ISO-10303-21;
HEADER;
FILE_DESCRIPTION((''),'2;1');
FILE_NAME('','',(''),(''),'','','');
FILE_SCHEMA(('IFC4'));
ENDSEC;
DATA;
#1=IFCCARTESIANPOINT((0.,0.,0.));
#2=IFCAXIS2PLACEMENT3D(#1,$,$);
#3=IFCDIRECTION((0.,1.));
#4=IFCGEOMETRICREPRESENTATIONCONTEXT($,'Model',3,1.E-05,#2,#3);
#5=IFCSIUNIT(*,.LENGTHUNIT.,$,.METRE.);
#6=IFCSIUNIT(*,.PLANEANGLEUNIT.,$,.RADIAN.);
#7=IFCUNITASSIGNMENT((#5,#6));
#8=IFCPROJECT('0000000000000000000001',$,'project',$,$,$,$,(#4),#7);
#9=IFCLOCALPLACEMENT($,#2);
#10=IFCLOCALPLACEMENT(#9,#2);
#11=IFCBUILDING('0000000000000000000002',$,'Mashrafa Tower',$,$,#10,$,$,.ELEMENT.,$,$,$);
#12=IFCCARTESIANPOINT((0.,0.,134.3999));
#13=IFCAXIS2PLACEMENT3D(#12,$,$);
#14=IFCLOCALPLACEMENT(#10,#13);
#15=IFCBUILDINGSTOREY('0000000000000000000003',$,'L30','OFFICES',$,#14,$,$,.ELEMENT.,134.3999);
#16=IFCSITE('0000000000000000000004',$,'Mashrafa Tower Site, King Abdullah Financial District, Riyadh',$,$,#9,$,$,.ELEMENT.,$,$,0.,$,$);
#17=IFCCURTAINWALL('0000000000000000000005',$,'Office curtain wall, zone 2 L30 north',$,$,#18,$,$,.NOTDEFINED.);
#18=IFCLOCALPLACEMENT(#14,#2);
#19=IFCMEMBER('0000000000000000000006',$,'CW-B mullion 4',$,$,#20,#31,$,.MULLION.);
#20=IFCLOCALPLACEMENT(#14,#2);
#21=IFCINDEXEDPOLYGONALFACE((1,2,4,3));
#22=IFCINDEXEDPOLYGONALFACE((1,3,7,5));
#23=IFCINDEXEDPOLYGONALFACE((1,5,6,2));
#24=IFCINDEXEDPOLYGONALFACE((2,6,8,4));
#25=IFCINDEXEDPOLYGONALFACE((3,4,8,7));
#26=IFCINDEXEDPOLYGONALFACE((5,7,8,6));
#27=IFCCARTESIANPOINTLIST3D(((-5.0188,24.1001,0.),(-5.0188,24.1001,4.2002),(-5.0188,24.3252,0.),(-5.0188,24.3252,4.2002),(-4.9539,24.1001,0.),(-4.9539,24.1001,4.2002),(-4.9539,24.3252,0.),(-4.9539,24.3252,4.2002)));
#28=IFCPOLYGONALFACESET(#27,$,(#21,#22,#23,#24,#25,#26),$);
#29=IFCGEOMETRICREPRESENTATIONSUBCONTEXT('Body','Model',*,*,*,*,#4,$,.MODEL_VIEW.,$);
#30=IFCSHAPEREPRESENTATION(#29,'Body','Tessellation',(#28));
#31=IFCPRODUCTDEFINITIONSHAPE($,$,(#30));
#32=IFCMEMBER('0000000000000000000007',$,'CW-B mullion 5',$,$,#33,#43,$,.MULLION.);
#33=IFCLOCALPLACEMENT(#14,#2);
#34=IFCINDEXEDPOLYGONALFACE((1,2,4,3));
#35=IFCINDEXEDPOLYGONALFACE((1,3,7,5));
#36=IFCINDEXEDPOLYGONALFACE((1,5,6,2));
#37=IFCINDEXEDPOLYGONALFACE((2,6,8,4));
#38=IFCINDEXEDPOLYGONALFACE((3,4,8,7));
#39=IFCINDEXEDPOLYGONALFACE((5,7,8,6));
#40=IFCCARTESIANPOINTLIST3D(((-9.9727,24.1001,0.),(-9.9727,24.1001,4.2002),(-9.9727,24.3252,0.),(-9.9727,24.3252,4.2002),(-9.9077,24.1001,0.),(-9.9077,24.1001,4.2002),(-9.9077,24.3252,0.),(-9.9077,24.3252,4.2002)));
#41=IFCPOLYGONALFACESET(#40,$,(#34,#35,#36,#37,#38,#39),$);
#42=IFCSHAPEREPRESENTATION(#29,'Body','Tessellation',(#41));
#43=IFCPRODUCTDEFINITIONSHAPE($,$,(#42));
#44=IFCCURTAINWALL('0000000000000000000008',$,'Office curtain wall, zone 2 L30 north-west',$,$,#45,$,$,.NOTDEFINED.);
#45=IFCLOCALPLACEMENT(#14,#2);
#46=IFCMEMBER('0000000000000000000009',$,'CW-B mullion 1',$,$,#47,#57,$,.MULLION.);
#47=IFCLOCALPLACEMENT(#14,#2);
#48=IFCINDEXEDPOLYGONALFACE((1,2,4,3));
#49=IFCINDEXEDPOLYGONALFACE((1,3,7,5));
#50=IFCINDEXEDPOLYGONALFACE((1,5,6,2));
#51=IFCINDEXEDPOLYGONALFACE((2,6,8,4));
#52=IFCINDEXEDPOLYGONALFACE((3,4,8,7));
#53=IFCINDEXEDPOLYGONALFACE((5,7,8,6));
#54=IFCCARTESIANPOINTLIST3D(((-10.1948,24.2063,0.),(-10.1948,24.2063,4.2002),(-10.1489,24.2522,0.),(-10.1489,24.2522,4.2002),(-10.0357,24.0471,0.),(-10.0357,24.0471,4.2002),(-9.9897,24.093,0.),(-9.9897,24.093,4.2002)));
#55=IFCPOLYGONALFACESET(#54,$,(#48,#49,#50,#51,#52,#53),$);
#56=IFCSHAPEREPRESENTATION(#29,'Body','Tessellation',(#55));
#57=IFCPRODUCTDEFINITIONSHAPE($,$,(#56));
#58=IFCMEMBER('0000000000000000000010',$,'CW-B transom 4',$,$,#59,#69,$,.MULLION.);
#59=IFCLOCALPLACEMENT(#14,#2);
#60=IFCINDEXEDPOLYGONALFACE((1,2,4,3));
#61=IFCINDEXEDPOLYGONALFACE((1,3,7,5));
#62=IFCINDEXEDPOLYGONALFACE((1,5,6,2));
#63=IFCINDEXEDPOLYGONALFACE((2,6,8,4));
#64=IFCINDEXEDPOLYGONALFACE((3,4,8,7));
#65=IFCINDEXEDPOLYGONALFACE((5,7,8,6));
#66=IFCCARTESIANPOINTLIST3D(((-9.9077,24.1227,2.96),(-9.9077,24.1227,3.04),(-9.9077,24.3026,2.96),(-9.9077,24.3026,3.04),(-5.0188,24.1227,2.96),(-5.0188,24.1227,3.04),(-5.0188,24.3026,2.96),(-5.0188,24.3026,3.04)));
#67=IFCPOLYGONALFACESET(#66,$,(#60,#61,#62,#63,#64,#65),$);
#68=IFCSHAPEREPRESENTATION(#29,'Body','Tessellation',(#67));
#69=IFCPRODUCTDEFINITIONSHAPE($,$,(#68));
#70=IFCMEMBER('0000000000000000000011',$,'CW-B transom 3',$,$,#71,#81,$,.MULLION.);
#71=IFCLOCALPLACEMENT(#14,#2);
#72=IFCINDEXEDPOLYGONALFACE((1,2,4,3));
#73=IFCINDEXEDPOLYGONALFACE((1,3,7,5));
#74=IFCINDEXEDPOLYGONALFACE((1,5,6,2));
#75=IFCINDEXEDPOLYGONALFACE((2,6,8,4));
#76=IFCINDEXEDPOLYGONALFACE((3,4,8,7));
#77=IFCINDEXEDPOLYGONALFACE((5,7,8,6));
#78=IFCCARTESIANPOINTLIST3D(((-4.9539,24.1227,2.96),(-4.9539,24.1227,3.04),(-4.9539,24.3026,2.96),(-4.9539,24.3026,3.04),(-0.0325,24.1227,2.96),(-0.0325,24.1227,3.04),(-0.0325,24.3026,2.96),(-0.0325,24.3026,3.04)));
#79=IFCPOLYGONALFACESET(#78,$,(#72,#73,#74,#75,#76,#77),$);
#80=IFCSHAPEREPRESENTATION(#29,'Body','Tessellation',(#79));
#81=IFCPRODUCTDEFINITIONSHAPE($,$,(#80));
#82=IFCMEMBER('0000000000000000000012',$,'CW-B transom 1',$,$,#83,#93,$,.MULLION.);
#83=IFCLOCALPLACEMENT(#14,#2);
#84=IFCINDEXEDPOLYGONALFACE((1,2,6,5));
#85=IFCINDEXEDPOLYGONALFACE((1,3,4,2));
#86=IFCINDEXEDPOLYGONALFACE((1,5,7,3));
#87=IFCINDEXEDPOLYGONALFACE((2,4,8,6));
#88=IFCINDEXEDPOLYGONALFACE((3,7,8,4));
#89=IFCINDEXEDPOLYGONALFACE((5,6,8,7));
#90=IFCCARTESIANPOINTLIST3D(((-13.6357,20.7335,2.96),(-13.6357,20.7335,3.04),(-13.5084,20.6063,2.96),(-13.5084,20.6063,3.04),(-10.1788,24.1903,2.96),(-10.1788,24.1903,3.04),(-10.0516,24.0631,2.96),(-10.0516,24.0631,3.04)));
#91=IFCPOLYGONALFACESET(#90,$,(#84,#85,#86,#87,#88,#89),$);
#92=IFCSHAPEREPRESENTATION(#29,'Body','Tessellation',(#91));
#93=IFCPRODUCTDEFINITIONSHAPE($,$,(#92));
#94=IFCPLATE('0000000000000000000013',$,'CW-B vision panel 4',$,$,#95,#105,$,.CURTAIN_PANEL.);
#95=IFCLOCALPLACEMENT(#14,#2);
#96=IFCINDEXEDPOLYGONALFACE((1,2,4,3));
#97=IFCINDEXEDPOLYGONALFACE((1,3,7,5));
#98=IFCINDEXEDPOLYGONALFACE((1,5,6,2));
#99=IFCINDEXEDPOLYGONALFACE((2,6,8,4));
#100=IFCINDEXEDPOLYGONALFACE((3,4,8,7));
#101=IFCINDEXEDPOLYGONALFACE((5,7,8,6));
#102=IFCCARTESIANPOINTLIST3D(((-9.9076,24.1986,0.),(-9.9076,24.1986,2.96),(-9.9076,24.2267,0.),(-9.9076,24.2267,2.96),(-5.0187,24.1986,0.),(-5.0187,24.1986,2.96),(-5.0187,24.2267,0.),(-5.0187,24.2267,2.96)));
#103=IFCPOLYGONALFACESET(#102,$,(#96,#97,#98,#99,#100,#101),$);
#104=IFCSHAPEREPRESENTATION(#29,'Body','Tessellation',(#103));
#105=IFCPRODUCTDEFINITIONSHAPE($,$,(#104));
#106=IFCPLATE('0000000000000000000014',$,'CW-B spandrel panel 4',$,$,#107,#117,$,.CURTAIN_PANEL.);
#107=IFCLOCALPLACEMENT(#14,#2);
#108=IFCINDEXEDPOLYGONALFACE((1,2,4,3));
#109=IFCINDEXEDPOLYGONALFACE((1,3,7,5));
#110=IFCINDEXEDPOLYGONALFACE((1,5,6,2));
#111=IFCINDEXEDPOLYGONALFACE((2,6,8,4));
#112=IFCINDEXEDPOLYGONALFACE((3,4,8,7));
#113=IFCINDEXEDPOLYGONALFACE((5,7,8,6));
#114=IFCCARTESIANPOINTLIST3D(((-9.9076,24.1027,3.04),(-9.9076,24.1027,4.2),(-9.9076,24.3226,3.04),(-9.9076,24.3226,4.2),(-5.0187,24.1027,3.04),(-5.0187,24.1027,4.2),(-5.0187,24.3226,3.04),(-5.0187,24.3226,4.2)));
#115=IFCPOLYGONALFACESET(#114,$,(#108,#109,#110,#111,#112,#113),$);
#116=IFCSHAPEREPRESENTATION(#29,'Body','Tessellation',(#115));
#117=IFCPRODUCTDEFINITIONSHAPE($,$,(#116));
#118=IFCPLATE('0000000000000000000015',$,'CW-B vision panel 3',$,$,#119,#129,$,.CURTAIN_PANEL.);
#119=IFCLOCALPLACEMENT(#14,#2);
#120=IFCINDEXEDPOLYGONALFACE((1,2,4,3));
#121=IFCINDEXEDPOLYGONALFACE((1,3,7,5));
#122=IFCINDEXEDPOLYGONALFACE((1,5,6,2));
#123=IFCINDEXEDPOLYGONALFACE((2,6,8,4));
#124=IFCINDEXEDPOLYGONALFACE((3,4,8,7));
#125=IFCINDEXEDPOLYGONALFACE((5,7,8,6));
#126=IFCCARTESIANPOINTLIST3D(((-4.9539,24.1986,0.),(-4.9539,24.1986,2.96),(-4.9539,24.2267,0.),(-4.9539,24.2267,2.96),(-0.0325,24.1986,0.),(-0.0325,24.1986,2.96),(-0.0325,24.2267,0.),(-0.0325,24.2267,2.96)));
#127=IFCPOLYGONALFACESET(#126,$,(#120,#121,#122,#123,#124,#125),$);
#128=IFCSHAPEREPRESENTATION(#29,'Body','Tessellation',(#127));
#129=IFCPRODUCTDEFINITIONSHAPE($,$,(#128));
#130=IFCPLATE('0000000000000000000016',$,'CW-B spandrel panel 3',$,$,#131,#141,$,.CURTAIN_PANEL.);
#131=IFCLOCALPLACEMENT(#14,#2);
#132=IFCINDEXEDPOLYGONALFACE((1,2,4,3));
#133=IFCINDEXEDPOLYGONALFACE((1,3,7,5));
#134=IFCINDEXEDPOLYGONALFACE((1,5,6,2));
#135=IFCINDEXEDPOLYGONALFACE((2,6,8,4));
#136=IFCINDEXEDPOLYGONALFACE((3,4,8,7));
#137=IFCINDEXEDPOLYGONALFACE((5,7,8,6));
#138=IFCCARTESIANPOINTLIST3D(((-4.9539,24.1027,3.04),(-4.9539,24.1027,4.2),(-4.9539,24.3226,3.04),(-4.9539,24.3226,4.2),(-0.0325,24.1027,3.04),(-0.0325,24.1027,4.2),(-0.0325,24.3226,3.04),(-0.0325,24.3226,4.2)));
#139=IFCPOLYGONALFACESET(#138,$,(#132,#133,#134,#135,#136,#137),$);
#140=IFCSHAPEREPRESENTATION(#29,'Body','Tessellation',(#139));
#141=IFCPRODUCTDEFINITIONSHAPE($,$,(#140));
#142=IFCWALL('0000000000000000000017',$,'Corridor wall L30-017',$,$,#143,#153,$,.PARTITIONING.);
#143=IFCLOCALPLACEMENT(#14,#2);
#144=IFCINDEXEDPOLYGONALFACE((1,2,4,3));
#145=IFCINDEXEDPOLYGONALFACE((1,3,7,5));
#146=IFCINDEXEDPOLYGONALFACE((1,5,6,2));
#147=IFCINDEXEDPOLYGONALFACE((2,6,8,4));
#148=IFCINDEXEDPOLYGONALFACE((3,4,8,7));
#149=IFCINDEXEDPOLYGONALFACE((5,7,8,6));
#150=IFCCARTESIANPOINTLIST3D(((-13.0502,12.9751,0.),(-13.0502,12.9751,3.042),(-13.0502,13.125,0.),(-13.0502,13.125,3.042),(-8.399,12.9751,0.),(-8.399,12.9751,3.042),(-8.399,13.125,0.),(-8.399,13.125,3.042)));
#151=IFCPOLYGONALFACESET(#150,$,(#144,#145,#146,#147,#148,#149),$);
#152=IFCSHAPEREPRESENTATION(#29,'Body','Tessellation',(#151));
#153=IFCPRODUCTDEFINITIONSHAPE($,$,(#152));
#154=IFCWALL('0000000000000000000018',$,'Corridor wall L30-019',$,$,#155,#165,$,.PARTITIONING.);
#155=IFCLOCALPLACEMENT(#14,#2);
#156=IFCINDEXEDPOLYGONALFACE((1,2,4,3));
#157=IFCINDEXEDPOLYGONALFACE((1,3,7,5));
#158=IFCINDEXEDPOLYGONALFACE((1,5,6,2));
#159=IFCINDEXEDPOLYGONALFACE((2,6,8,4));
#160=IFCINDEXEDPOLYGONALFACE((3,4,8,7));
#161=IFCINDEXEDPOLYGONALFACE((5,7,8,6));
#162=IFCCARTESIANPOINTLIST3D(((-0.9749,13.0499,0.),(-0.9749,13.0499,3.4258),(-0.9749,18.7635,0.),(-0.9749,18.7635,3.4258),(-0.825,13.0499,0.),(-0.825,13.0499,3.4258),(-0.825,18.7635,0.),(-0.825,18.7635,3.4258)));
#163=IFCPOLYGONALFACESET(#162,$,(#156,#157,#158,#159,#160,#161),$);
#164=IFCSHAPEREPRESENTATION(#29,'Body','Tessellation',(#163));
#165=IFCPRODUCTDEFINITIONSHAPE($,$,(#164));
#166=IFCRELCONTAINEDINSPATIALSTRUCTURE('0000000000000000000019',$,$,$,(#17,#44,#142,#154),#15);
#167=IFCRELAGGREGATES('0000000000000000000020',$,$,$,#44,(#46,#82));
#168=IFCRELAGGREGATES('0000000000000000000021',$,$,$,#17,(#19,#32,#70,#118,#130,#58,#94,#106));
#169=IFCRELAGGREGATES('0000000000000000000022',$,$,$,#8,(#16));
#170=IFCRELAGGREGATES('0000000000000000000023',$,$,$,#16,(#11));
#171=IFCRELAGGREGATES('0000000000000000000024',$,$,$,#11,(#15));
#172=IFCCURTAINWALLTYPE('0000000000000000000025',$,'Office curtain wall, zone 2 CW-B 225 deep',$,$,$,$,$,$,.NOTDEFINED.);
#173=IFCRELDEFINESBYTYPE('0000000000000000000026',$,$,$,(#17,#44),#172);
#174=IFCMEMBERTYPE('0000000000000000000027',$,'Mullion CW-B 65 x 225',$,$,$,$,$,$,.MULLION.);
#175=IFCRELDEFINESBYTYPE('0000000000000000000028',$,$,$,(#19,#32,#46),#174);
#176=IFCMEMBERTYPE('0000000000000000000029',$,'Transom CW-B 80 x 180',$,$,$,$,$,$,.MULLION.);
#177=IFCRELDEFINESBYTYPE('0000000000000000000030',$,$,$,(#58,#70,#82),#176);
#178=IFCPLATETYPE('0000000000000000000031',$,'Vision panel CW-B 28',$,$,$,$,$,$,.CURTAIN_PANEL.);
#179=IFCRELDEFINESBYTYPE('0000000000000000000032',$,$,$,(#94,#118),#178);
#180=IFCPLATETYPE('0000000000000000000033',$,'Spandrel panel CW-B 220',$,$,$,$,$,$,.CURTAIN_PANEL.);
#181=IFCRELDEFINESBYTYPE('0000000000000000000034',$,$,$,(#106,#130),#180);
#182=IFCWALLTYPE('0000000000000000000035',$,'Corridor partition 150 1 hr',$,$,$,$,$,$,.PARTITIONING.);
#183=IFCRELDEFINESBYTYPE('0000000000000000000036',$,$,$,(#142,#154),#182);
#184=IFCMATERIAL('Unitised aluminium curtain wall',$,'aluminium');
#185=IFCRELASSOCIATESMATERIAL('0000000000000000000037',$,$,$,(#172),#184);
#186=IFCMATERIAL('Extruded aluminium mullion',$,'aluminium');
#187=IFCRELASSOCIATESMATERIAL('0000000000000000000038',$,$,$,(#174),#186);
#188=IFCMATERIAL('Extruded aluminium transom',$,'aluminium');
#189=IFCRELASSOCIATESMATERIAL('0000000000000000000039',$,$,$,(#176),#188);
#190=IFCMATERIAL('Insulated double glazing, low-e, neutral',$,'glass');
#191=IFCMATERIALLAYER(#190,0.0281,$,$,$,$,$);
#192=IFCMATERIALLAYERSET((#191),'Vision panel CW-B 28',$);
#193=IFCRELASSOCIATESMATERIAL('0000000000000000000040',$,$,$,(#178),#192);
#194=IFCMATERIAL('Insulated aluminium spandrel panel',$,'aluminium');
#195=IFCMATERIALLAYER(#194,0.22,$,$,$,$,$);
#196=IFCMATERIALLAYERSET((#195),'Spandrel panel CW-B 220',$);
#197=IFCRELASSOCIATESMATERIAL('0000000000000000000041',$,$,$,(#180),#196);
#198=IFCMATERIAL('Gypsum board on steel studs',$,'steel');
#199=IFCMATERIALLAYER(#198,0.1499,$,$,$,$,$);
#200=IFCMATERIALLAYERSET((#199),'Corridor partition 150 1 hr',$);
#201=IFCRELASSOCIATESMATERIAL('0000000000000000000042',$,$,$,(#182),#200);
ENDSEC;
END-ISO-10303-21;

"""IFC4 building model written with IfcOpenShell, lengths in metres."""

from ifc_helpers import new_model, si_unit, direction, frame, frame_2d, origin, origin_2d, place, context, subcontext, project, spatial, rectangle, extrude, source, transform, mapped, material, layer, layer_set, material_profile, profile_set, type_object, type_shapes, element, aggregate, save


model = new_model("IFC4")

# Units and contexts
model_context = context("Model", 3, precision=1e-05, world=origin(), true_north=direction((0.0, 1.0)))
body_context = subcontext(model_context, "Body", "Model", "MODEL_VIEW")
ifc_project = project(units=[si_unit("LENGTHUNIT", "METRE"), si_unit("PLANEANGLEUNIT", "RADIAN")], contexts=[model_context])

# Site, building, storey
site_placement = place(None, origin())
site = spatial("IfcSite", under=ifc_project, at=site_placement, Name="Mashrafa Tower Site, King Abdullah Financial District, Riyadh", CompositionType="ELEMENT", RefElevation=0.0)
building_placement = place(site_placement, origin())
building = spatial("IfcBuilding", under=site, at=building_placement, Name="Mashrafa Tower", CompositionType="ELEMENT")
storey_placement = place(building_placement, frame((0.0, 0.0, 134.3999)))
storey = spatial("IfcBuildingStorey", under=building, at=storey_placement, Name="L30", Description="OFFICES", CompositionType="ELEMENT", Elevation=134.3999)

# Curtain wall, members
ifc_material_1 = material(Name="Unitised aluminium curtain wall", Category="aluminium")
curtain_wall_type = type_object("IfcCurtainWallType", Name="Office curtain wall, zone 2 CW-B 225 deep", PredefinedType="NOTDEFINED", material=ifc_material_1)
curtain_wall_1_placement = place(storey_placement, origin())
curtain_wall_1 = element("IfcCurtainWall", 1, at=curtain_wall_1_placement, inside=storey, type_object=curtain_wall_type, Name="Office curtain wall, zone 2 L30 north", PredefinedType="NOTDEFINED")
ifc_material_2 = material(Name="Extruded aluminium mullion", Category="aluminium")
ifc_material_profile_1 = material_profile(ifc_material_2, rectangle(XDim=0.2251, YDim=0.0649, at=origin_2d()), Name="Mullion 65x225")
ifc_profile_set_1 = profile_set([ifc_material_profile_1], Name="Extruded aluminium mullion")
member_type_1 = type_object("IfcMemberType", Name="Mullion CW-B 65 x 225", PredefinedType="MULLION", material=ifc_profile_set_1)
shared_shape_1 = source(origin(), body_context, "Body", "SweptSolid", [
    extrude(rectangle(XDim=0.2251, YDim=0.0649, at=origin_2d()), origin(), (0.0, 0.0, 1.0), 4.2002),
])
type_shapes(member_type_1, [shared_shape_1])
member_1_placement = place(storey_placement, frame((-4.9863, 24.2126, 0.0), z_axis=(0.0, 0.0, 1.0), x_axis=(0.0, -1.0, 0.0)))
member_1 = element("IfcMember", 2, at=member_1_placement, type_object=member_type_1, Name="CW-B mullion 4", PredefinedType="MULLION", context=body_context, shape_type="MappedRepresentation", body=[
    mapped(shared_shape_1, transform((0.0, 0.0, 0.0))),
])
member_2_placement = place(storey_placement, frame((-9.9402, 24.2126, 0.0), z_axis=(0.0, 0.0, 1.0), x_axis=(0.0, -1.0, 0.0)))
member_2 = element("IfcMember", 3, at=member_2_placement, type_object=member_type_1, Name="CW-B mullion 5", PredefinedType="MULLION", context=body_context, shape_type="MappedRepresentation", body=[
    mapped(shared_shape_1, transform((0.0, 0.0, 0.0))),
])

# Curtain wall, member
curtain_wall_2_placement = place(storey_placement, origin())
curtain_wall_2 = element("IfcCurtainWall", 4, at=curtain_wall_2_placement, inside=storey, type_object=curtain_wall_type, Name="Office curtain wall, zone 2 L30 north-west", PredefinedType="NOTDEFINED")
member_3_placement = place(storey_placement, frame((-10.0923, 24.1497, 0.0), z_axis=(0.0, 0.0, 1.0), x_axis=(0.707107, -0.707107, 0.0)))
member_3 = element("IfcMember", 5, at=member_3_placement, type_object=member_type_1, Name="CW-B mullion 1", PredefinedType="MULLION", context=body_context, shape_type="MappedRepresentation", body=[
    mapped(shared_shape_1, transform((0.0, 0.0, 0.0))),
])

# Members
ifc_material_3 = material(Name="Extruded aluminium transom", Category="aluminium")
ifc_material_profile_2 = material_profile(ifc_material_3, rectangle(XDim=0.1799, YDim=0.0801, at=origin_2d()), Name="Transom 80x180")
ifc_profile_set_2 = profile_set([ifc_material_profile_2], Name="Extruded aluminium transom")
member_type_2 = type_object("IfcMemberType", Name="Transom CW-B 80 x 180", PredefinedType="MULLION", material=ifc_profile_set_2)
shared_shape_2 = source(origin(), body_context, "Body", "SweptSolid", [
    extrude(rectangle(XDim=0.1799, YDim=0.0801, at=origin_2d()), origin(), (0.0, 0.0, 1.0), 4.8889),
])
member_4_placement = place(storey_placement, frame((-5.0188, 24.2126, 3.0), z_axis=(-1.0, 0.0, 0.0), x_axis=(0.0, -1.0, 0.0)))
member_4 = element("IfcMember", 6, at=member_4_placement, type_object=member_type_2, Name="CW-B transom 4", PredefinedType="MULLION", context=body_context, shape_type="MappedRepresentation", body=[
    mapped(shared_shape_2, transform((0.0, 0.0, 0.0))),
])
shared_shape_3 = source(origin(), body_context, "Body", "SweptSolid", [
    extrude(rectangle(XDim=0.1799, YDim=0.0801, at=origin_2d()), origin(), (0.0, 0.0, 1.0), 4.9214),
])
member_5_placement = place(storey_placement, frame((-0.0325, 24.2126, 3.0), z_axis=(-1.0, 0.0, 0.0), x_axis=(0.0, -1.0, 0.0)))
member_5 = element("IfcMember", 7, at=member_5_placement, type_object=member_type_2, Name="CW-B transom 3", PredefinedType="MULLION", context=body_context, shape_type="MappedRepresentation", body=[
    mapped(shared_shape_3, transform((0.0, 0.0, 0.0))),
])
shared_shape_4 = source(origin(), body_context, "Body", "SweptSolid", [
    extrude(rectangle(XDim=0.1799, YDim=0.0801, at=origin_2d()), origin(), (0.0, 0.0, 1.0), 4.8887),
])
type_shapes(member_type_2, [shared_shape_2, shared_shape_3, shared_shape_4])
member_6_placement = place(storey_placement, frame((-10.1152, 24.1267, 3.0), z_axis=(-0.707107, -0.707107, 0.0), x_axis=(0.707107, -0.707107, 0.0)))
member_6 = element("IfcMember", 8, at=member_6_placement, type_object=member_type_2, Name="CW-B transom 1", PredefinedType="MULLION", context=body_context, shape_type="MappedRepresentation", body=[
    mapped(shared_shape_4, transform((0.0, 0.0, 0.0))),
])
aggregate(curtain_wall_2, [member_3, member_6])

# Plates
ifc_material_4 = material(Name="Insulated double glazing, low-e, neutral", Category="glass")
ifc_layer_1 = layer(ifc_material_4, 0.0281)
ifc_layer_set_1 = layer_set([ifc_layer_1], Name="Vision panel CW-B 28")
plate_type_1 = type_object("IfcPlateType", Name="Vision panel CW-B 28", PredefinedType="CURTAIN_PANEL", material=ifc_layer_set_1)
shared_shape_5 = source(origin(), body_context, "Body", "SweptSolid", [
    extrude(rectangle(XDim=4.8889, YDim=0.0281, at=origin_2d()), origin(), (0.0, 0.0, 1.0), 2.96),
])
plate_1_placement = place(storey_placement, frame((-7.4631, 24.2126, 0.0), z_axis=(0.0, 0.0, 1.0), x_axis=(-1.0, 0.0, 0.0)))
plate_1 = element("IfcPlate", 9, at=plate_1_placement, type_object=plate_type_1, Name="CW-B vision panel 4", PredefinedType="CURTAIN_PANEL", context=body_context, shape_type="MappedRepresentation", body=[
    mapped(shared_shape_5, transform((0.0, 0.0, 0.0))),
])
ifc_material_5 = material(Name="Insulated aluminium spandrel panel", Category="aluminium")
ifc_layer_2 = layer(ifc_material_5, 0.22)
ifc_layer_set_2 = layer_set([ifc_layer_2], Name="Spandrel panel CW-B 220")
plate_type_2 = type_object("IfcPlateType", Name="Spandrel panel CW-B 220", PredefinedType="CURTAIN_PANEL", material=ifc_layer_set_2)
shared_shape_6 = source(origin(), body_context, "Body", "SweptSolid", [
    extrude(rectangle(XDim=4.8889, YDim=0.22, at=origin_2d()), origin(), (0.0, 0.0, 1.0), 1.1599),
])
plate_2_placement = place(storey_placement, frame((-7.4631, 24.2126, 3.04), z_axis=(0.0, 0.0, 1.0), x_axis=(-1.0, 0.0, 0.0)))
plate_2 = element("IfcPlate", 10, at=plate_2_placement, type_object=plate_type_2, Name="CW-B spandrel panel 4", PredefinedType="CURTAIN_PANEL", context=body_context, shape_type="MappedRepresentation", body=[
    mapped(shared_shape_6, transform((0.0, 0.0, 0.0))),
])
shared_shape_7 = source(origin(), body_context, "Body", "SweptSolid", [
    extrude(rectangle(XDim=4.9214, YDim=0.0281, at=origin_2d()), origin(), (0.0, 0.0, 1.0), 2.96),
])
type_shapes(plate_type_1, [shared_shape_5, shared_shape_7])
plate_3_placement = place(storey_placement, frame((-2.4932, 24.2126, 0.0), z_axis=(0.0, 0.0, 1.0), x_axis=(-1.0, 0.0, 0.0)))
plate_3 = element("IfcPlate", 11, at=plate_3_placement, type_object=plate_type_1, Name="CW-B vision panel 3", PredefinedType="CURTAIN_PANEL", context=body_context, shape_type="MappedRepresentation", body=[
    mapped(shared_shape_7, transform((0.0, 0.0, 0.0))),
])
shared_shape_8 = source(origin(), body_context, "Body", "SweptSolid", [
    extrude(rectangle(XDim=4.9214, YDim=0.22, at=origin_2d()), origin(), (0.0, 0.0, 1.0), 1.1599),
])
type_shapes(plate_type_2, [shared_shape_6, shared_shape_8])
plate_4_placement = place(storey_placement, frame((-2.4932, 24.2126, 3.04), z_axis=(0.0, 0.0, 1.0), x_axis=(-1.0, 0.0, 0.0)))
plate_4 = element("IfcPlate", 12, at=plate_4_placement, type_object=plate_type_2, Name="CW-B spandrel panel 3", PredefinedType="CURTAIN_PANEL", context=body_context, shape_type="MappedRepresentation", body=[
    mapped(shared_shape_8, transform((0.0, 0.0, 0.0))),
])
aggregate(curtain_wall_1, [member_1, member_2, member_5, plate_3, plate_4, member_4, plate_1, plate_2])

# Shared definitions
ifc_material_6 = material(Name="Gypsum board on steel studs", Category="steel")
ifc_layer_3 = layer(ifc_material_6, 0.1499)
ifc_layer_set_3 = layer_set([ifc_layer_3], Name="Corridor partition 150 1 hr")
wall_type_1 = type_object("IfcWallType", Name="Corridor partition 150 1 hr", PredefinedType="PARTITIONING", material=ifc_layer_set_3)

# Walls
wall_1_placement = place(storey_placement, frame((-8.3989, 13.05, 0.0), z_axis=(0.0, 0.0, 1.0), x_axis=(-1.0, 0.0, 0.0)))
element("IfcWall", 13, at=wall_1_placement, inside=storey, type_object=wall_type_1, Name="Corridor wall L30-017", PredefinedType="PARTITIONING", context=body_context, shape_type="SweptSolid", body=[
    extrude(rectangle(XDim=4.6511, YDim=0.1499, at=frame_2d((2.3257, 0.0))), origin(), (0.0, 0.0, 1.0), 3.042),
])
wall_2_placement = place(storey_placement, frame((-0.8999, 18.7637, 0.0), z_axis=(0.0, 0.0, 1.0), x_axis=(0.0, -1.0, 0.0)))
element("IfcWall", 14, at=wall_2_placement, inside=storey, type_object=wall_type_1, Name="Corridor wall L30-019", PredefinedType="PARTITIONING", context=body_context, shape_type="SweptSolid", body=[
    extrude(rectangle(XDim=5.7136, YDim=0.1499, at=frame_2d((2.8569, 0.0))), origin(), (0.0, 0.0, 1.0), 3.4258),
])

save(model, "model.ifc")
